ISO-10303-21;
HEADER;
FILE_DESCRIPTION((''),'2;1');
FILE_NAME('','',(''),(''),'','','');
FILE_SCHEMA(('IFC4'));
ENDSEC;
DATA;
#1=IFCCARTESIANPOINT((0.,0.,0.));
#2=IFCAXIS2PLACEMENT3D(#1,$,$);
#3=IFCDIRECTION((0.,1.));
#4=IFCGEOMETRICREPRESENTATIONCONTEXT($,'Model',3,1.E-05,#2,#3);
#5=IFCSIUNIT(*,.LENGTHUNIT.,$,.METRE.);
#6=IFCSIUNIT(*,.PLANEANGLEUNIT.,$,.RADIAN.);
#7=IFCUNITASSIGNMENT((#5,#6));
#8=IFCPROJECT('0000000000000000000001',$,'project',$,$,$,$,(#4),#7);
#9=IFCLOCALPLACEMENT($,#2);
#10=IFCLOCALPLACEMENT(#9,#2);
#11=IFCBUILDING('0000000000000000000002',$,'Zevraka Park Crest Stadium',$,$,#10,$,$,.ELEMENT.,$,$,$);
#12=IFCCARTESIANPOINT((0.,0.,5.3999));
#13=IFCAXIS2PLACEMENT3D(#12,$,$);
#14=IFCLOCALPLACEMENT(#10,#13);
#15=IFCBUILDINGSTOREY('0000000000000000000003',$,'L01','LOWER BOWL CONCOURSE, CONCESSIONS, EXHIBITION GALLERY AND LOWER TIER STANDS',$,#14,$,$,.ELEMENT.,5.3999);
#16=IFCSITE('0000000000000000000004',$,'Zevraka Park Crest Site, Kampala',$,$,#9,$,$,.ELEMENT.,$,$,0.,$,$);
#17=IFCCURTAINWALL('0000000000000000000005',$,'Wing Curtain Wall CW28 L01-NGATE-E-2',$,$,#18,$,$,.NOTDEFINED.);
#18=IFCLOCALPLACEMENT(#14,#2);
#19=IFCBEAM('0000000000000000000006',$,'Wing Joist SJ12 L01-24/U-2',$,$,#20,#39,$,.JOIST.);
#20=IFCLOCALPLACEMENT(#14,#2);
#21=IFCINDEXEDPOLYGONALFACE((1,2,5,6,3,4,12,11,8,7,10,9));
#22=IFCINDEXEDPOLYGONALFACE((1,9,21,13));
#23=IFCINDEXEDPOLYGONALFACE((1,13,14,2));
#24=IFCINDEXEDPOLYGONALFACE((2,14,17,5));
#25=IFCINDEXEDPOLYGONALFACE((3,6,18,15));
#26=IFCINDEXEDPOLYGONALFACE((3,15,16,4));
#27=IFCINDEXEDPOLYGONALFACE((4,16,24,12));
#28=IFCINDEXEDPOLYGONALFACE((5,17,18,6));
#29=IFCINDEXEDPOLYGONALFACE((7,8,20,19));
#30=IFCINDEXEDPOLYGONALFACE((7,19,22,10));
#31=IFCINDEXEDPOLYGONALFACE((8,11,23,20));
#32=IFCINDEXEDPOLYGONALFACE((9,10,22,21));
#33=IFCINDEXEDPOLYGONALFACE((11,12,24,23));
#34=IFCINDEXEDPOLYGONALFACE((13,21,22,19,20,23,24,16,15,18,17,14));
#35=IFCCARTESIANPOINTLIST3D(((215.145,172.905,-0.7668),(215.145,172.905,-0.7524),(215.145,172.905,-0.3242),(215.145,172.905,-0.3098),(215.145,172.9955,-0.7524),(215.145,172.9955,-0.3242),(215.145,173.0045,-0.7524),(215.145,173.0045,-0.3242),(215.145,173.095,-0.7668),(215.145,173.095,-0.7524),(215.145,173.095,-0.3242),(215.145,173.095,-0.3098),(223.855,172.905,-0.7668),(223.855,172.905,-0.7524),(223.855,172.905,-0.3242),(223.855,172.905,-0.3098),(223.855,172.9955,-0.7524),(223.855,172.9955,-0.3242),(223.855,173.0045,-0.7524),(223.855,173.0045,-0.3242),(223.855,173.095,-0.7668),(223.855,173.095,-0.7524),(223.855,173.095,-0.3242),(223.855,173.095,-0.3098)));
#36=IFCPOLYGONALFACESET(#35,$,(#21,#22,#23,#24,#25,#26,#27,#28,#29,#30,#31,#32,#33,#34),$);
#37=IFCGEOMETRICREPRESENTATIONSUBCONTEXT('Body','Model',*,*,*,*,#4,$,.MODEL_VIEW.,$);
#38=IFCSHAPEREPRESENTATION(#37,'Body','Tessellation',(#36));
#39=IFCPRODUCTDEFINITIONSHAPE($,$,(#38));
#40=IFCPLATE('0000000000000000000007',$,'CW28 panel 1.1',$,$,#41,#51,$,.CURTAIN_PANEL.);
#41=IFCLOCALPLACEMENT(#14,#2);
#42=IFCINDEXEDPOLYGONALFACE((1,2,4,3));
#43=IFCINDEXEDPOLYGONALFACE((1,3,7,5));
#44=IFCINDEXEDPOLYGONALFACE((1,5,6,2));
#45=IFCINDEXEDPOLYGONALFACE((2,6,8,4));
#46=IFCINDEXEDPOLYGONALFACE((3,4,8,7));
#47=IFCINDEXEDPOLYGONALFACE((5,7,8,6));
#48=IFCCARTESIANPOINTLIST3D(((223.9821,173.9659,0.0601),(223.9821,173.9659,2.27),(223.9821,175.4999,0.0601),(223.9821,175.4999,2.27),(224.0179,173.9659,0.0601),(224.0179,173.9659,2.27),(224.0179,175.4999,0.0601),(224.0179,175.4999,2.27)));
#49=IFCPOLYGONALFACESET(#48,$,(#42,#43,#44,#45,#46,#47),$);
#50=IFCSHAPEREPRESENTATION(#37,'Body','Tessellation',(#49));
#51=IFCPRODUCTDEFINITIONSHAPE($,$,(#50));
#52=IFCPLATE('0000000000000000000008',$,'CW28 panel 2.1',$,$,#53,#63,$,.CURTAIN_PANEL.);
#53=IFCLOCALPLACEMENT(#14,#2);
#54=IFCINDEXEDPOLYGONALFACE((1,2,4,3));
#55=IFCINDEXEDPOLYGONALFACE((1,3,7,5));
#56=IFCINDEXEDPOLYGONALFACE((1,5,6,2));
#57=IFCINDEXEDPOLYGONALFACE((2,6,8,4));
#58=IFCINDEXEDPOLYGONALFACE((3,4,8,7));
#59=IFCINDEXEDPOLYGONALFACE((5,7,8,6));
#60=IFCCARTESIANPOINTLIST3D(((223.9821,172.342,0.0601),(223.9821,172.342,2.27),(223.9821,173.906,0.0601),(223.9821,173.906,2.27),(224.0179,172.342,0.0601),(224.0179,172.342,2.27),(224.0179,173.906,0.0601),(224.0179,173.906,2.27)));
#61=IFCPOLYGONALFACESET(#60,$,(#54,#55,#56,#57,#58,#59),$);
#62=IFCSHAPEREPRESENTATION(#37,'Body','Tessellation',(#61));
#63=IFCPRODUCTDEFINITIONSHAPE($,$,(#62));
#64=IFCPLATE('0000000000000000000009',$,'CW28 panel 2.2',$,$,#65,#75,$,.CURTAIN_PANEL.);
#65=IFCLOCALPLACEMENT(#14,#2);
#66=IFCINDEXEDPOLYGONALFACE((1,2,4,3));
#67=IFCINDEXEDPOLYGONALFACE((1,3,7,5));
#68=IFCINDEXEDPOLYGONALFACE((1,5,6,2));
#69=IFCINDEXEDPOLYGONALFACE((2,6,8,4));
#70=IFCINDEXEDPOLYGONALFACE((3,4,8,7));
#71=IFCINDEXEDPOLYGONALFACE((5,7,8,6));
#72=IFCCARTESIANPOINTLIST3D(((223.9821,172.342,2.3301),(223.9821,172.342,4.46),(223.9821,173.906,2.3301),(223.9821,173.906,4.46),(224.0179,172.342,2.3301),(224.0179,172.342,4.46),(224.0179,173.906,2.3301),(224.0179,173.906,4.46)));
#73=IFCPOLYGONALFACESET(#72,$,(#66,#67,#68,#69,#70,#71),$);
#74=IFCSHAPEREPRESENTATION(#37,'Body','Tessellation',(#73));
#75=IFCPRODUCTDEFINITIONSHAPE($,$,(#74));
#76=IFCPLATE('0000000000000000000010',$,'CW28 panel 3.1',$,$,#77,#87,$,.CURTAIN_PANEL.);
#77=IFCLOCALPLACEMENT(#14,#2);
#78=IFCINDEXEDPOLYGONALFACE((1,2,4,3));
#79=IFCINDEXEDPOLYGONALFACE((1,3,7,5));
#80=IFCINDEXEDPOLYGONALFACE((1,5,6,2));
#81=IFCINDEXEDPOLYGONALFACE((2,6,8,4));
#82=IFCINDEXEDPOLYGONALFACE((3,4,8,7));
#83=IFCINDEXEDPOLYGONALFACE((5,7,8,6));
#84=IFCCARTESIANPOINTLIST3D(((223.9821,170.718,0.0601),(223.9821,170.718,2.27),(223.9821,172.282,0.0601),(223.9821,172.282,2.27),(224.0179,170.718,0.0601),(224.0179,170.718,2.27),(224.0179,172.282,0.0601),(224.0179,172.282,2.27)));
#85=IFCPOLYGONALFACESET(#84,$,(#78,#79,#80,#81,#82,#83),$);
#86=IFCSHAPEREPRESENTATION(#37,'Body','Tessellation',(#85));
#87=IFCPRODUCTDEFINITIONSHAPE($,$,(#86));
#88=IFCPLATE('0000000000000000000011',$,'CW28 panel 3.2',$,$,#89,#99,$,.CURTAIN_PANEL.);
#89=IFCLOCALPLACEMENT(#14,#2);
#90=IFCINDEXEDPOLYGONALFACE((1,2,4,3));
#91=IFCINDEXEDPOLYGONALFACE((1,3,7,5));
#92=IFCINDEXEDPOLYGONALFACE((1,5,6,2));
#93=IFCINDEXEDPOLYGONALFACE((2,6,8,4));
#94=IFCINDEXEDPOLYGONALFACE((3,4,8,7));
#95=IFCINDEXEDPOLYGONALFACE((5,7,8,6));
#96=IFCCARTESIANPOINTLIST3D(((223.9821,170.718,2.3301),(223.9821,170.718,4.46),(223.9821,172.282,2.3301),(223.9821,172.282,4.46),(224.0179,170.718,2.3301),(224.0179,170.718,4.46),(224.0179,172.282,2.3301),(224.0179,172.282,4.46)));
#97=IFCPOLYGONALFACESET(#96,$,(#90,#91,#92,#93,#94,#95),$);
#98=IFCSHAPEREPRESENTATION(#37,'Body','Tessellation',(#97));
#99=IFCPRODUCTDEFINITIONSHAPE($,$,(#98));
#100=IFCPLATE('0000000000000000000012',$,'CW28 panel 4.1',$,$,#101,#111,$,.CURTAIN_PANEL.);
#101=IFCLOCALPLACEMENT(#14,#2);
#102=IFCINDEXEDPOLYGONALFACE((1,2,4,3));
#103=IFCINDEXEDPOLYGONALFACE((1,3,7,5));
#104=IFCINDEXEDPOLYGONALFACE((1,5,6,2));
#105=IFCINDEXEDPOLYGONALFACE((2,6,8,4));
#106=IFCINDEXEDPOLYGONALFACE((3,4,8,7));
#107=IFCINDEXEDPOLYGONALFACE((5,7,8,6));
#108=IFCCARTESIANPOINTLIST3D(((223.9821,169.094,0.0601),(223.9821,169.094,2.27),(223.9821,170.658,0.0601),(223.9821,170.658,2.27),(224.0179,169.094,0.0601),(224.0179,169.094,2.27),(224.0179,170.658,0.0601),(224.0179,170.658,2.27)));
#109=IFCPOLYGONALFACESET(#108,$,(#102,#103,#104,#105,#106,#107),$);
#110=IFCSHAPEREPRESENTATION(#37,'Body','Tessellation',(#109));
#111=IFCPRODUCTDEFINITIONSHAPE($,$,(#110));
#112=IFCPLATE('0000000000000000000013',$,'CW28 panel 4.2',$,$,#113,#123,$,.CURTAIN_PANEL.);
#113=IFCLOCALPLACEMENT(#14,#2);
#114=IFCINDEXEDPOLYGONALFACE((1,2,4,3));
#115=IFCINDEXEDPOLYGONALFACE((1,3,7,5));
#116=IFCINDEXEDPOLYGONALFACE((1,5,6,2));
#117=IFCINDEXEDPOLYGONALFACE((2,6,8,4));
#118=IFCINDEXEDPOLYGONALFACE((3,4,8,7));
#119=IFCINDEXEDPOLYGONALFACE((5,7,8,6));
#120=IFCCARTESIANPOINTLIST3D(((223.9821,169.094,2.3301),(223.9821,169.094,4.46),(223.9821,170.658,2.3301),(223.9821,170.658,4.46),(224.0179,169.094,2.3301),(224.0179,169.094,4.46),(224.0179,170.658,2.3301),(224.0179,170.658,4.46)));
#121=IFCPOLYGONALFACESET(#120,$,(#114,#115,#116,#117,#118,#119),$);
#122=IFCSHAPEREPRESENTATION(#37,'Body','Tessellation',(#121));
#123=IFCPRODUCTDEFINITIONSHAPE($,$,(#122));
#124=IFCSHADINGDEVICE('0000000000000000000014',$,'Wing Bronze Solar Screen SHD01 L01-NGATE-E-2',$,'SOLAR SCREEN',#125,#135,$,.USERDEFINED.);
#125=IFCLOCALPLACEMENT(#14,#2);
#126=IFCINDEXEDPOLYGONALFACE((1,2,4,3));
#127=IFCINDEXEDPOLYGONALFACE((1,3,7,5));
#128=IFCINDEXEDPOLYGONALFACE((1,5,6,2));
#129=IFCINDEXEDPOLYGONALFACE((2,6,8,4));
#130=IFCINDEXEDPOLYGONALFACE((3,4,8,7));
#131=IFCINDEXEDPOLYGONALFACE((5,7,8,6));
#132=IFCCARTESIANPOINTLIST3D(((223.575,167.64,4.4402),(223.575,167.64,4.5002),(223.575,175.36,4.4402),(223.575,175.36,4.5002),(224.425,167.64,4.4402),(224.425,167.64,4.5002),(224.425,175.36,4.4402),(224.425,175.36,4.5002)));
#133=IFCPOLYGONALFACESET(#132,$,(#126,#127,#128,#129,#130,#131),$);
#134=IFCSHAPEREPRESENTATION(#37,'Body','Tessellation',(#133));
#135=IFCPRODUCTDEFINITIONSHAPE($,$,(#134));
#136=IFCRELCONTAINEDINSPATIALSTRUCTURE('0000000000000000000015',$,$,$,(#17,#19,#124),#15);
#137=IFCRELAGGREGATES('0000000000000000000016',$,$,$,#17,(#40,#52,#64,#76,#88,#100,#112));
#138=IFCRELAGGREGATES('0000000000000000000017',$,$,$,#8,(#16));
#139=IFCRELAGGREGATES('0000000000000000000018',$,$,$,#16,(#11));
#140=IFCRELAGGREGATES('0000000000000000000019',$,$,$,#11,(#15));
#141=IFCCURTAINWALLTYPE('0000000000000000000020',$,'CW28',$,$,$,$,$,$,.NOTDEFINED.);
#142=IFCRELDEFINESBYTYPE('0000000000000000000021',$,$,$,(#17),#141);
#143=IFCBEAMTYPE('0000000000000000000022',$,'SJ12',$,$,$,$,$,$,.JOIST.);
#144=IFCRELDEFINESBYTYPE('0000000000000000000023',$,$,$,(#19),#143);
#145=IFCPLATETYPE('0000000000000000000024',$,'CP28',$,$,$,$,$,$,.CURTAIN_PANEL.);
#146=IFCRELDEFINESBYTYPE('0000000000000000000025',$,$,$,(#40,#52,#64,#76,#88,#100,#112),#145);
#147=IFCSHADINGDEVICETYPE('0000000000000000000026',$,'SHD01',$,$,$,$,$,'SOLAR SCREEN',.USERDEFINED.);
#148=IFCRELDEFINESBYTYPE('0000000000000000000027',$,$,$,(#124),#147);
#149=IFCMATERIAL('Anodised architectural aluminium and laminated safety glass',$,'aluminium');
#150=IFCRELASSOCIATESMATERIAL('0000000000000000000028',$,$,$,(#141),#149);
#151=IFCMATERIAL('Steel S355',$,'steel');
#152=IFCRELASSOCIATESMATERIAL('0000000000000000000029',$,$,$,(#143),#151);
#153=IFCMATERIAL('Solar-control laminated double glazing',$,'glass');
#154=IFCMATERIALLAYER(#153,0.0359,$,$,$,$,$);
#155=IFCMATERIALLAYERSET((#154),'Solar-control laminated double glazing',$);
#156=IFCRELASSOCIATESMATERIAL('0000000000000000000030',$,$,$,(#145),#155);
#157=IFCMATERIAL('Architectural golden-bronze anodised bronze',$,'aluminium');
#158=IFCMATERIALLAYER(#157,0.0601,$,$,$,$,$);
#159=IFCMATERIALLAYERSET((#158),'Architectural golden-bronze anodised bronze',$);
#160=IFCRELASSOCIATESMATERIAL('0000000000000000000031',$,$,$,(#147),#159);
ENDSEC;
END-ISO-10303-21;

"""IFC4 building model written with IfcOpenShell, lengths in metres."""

from ifc_helpers import new_model, si_unit, direction, frame, origin, origin_2d, place, context, subcontext, project, spatial, rectangle, i_section, extrude, material, layer, layer_set, material_profile, profile_set, type_object, element, aggregate, save


model = new_model("IFC4")

# Units and contexts
model_context = context("Model", 3, precision=1e-05, world=origin(), true_north=direction((0.0, 1.0)))
body_context = subcontext(model_context, "Body", "Model", "MODEL_VIEW")
ifc_project = project(units=[si_unit("LENGTHUNIT", "METRE"), si_unit("PLANEANGLEUNIT", "RADIAN")], contexts=[model_context])

# Site, building, storey
site_placement = place(None, origin())
site = spatial("IfcSite", under=ifc_project, at=site_placement, Name="Zevraka Park Crest Site, Kampala", CompositionType="ELEMENT", RefElevation=0.0)
building_placement = place(site_placement, origin())
building = spatial("IfcBuilding", under=site, at=building_placement, Name="Zevraka Park Crest Stadium", CompositionType="ELEMENT")
storey_placement = place(building_placement, frame((0.0, 0.0, 5.3999)))
storey = spatial("IfcBuildingStorey", under=building, at=storey_placement, Name="L01", Description="LOWER BOWL CONCOURSE, CONCESSIONS, EXHIBITION GALLERY AND LOWER TIER STANDS", CompositionType="ELEMENT", Elevation=5.3999)

# Curtain wall
ifc_material_1 = material(Name="Anodised architectural aluminium and laminated safety glass", Category="aluminium")
curtain_wall_type = type_object("IfcCurtainWallType", Name="CW28", PredefinedType="NOTDEFINED", material=ifc_material_1)
curtain_wall_placement = place(storey_placement, origin())
curtain_wall = element("IfcCurtainWall", 1, at=curtain_wall_placement, inside=storey, type_object=curtain_wall_type, Name="Wing Curtain Wall CW28 L01-NGATE-E-2", PredefinedType="NOTDEFINED")

# Beam
ifc_material_2 = material(Name="Steel S355", Category="steel")
ifc_material_profile_1 = material_profile(ifc_material_2, i_section(OverallWidth=0.1899, OverallDepth=0.457, WebThickness=0.009, FlangeThickness=0.0144, at=origin_2d()), Name="UKB 457x191x74")
ifc_profile_set_1 = profile_set([ifc_material_profile_1], Name="Steel S355")
beam_type = type_object("IfcBeamType", Name="SJ12", PredefinedType="JOIST", material=ifc_profile_set_1)
for number, where, z_axis, x_axis, name in (
    (2, (215.145, 173.0, -0.5383), (1.0, 0.0, 0.0), (0.0, 1.0, 0.0), "Wing Joist SJ12 L01-24/U-2"),
):
    element("IfcBeam", number, at=place(storey_placement, frame(where, z_axis=z_axis, x_axis=x_axis)), inside=storey, type_object=beam_type, Name=name, PredefinedType="JOIST", context=body_context, shape_type="SweptSolid", body=[
        extrude(i_section(OverallWidth=0.1899, OverallDepth=0.457, WebThickness=0.009, FlangeThickness=0.0144, at=origin_2d()), origin(), (0.0, 0.0, 1.0), 8.71),
    ])

# Plates
ifc_material_3 = material(Name="Solar-control laminated double glazing", Category="glass")
ifc_layer_1 = layer(ifc_material_3, 0.0359)
ifc_layer_set_1 = layer_set([ifc_layer_1], Name="Solar-control laminated double glazing")
plate_type = type_object("IfcPlateType", Name="CP28", PredefinedType="CURTAIN_PANEL", material=ifc_layer_set_1)
plate_1_placement = place(storey_placement, frame((224.0, 174.7329, 0.0601), z_axis=(0.0, 0.0, 1.0), x_axis=(0.0, -1.0, 0.0)))
plate_1 = element("IfcPlate", 3, at=plate_1_placement, type_object=plate_type, Name="CW28 panel 1.1", PredefinedType="CURTAIN_PANEL", context=body_context, shape_type="SweptSolid", body=[
    extrude(rectangle(XDim=1.5339, YDim=0.0359, at=origin_2d()), origin(), (0.0, 0.0, 1.0), 2.21),
])
plate_2_placement = place(storey_placement, frame((224.0, 173.124, 0.0601), z_axis=(0.0, 0.0, 1.0), x_axis=(0.0, -1.0, 0.0)))
plate_2 = element("IfcPlate", 4, at=plate_2_placement, type_object=plate_type, Name="CW28 panel 2.1", PredefinedType="CURTAIN_PANEL", context=body_context, shape_type="SweptSolid", body=[
    extrude(rectangle(XDim=1.564, YDim=0.0359, at=origin_2d()), origin(), (0.0, 0.0, 1.0), 2.21),
])
plate_3_placement = place(storey_placement, frame((224.0, 173.124, 2.3301), z_axis=(0.0, 0.0, 1.0), x_axis=(0.0, -1.0, 0.0)))
plate_3 = element("IfcPlate", 5, at=plate_3_placement, type_object=plate_type, Name="CW28 panel 2.2", PredefinedType="CURTAIN_PANEL", context=body_context, shape_type="SweptSolid", body=[
    extrude(rectangle(XDim=1.564, YDim=0.0359, at=origin_2d()), origin(), (0.0, 0.0, 1.0), 2.1299),
])
plate_4_placement = place(storey_placement, frame((224.0, 171.5, 0.0601), z_axis=(0.0, 0.0, 1.0), x_axis=(0.0, -1.0, 0.0)))
plate_4 = element("IfcPlate", 6, at=plate_4_placement, type_object=plate_type, Name="CW28 panel 3.1", PredefinedType="CURTAIN_PANEL", context=body_context, shape_type="SweptSolid", body=[
    extrude(rectangle(XDim=1.564, YDim=0.0359, at=origin_2d()), origin(), (0.0, 0.0, 1.0), 2.21),
])
plate_5_placement = place(storey_placement, frame((224.0, 171.5, 2.3301), z_axis=(0.0, 0.0, 1.0), x_axis=(0.0, -1.0, 0.0)))
plate_5 = element("IfcPlate", 7, at=plate_5_placement, type_object=plate_type, Name="CW28 panel 3.2", PredefinedType="CURTAIN_PANEL", context=body_context, shape_type="SweptSolid", body=[
    extrude(rectangle(XDim=1.564, YDim=0.0359, at=origin_2d()), origin(), (0.0, 0.0, 1.0), 2.1299),
])
plate_6_placement = place(storey_placement, frame((224.0, 169.876, 0.0601), z_axis=(0.0, 0.0, 1.0), x_axis=(0.0, -1.0, 0.0)))
plate_6 = element("IfcPlate", 8, at=plate_6_placement, type_object=plate_type, Name="CW28 panel 4.1", PredefinedType="CURTAIN_PANEL", context=body_context, shape_type="SweptSolid", body=[
    extrude(rectangle(XDim=1.564, YDim=0.0359, at=origin_2d()), origin(), (0.0, 0.0, 1.0), 2.21),
])
plate_7_placement = place(storey_placement, frame((224.0, 169.876, 2.3301), z_axis=(0.0, 0.0, 1.0), x_axis=(0.0, -1.0, 0.0)))
plate_7 = element("IfcPlate", 9, at=plate_7_placement, type_object=plate_type, Name="CW28 panel 4.2", PredefinedType="CURTAIN_PANEL", context=body_context, shape_type="SweptSolid", body=[
    extrude(rectangle(XDim=1.564, YDim=0.0359, at=origin_2d()), origin(), (0.0, 0.0, 1.0), 2.1299),
])
aggregate(curtain_wall, [plate_1, plate_2, plate_3, plate_4, plate_5, plate_6, plate_7])

# Shading device
ifc_material_4 = material(Name="Architectural golden-bronze anodised bronze", Category="aluminium")
ifc_layer_2 = layer(ifc_material_4, 0.0601)
ifc_layer_set_2 = layer_set([ifc_layer_2], Name="Architectural golden-bronze anodised bronze")
shading_device_type = type_object("IfcShadingDeviceType", Name="SHD01", ElementType="SOLAR SCREEN", PredefinedType="USERDEFINED", material=ifc_layer_set_2)
shading_device_placement = place(storey_placement, frame((224.0, 171.5, 4.4402), z_axis=(0.0, 0.0, 1.0), x_axis=(0.0, -1.0, 0.0)))
element("IfcShadingDevice", 10, at=shading_device_placement, inside=storey, type_object=shading_device_type, Name="Wing Bronze Solar Screen SHD01 L01-NGATE-E-2", ObjectType="SOLAR SCREEN", PredefinedType="USERDEFINED", context=body_context, shape_type="SweptSolid", body=[
    extrude(rectangle(XDim=7.72, YDim=0.8501, at=origin_2d()), origin(), (0.0, 0.0, 1.0), 0.0601),
])

save(model, "model.ifc")
